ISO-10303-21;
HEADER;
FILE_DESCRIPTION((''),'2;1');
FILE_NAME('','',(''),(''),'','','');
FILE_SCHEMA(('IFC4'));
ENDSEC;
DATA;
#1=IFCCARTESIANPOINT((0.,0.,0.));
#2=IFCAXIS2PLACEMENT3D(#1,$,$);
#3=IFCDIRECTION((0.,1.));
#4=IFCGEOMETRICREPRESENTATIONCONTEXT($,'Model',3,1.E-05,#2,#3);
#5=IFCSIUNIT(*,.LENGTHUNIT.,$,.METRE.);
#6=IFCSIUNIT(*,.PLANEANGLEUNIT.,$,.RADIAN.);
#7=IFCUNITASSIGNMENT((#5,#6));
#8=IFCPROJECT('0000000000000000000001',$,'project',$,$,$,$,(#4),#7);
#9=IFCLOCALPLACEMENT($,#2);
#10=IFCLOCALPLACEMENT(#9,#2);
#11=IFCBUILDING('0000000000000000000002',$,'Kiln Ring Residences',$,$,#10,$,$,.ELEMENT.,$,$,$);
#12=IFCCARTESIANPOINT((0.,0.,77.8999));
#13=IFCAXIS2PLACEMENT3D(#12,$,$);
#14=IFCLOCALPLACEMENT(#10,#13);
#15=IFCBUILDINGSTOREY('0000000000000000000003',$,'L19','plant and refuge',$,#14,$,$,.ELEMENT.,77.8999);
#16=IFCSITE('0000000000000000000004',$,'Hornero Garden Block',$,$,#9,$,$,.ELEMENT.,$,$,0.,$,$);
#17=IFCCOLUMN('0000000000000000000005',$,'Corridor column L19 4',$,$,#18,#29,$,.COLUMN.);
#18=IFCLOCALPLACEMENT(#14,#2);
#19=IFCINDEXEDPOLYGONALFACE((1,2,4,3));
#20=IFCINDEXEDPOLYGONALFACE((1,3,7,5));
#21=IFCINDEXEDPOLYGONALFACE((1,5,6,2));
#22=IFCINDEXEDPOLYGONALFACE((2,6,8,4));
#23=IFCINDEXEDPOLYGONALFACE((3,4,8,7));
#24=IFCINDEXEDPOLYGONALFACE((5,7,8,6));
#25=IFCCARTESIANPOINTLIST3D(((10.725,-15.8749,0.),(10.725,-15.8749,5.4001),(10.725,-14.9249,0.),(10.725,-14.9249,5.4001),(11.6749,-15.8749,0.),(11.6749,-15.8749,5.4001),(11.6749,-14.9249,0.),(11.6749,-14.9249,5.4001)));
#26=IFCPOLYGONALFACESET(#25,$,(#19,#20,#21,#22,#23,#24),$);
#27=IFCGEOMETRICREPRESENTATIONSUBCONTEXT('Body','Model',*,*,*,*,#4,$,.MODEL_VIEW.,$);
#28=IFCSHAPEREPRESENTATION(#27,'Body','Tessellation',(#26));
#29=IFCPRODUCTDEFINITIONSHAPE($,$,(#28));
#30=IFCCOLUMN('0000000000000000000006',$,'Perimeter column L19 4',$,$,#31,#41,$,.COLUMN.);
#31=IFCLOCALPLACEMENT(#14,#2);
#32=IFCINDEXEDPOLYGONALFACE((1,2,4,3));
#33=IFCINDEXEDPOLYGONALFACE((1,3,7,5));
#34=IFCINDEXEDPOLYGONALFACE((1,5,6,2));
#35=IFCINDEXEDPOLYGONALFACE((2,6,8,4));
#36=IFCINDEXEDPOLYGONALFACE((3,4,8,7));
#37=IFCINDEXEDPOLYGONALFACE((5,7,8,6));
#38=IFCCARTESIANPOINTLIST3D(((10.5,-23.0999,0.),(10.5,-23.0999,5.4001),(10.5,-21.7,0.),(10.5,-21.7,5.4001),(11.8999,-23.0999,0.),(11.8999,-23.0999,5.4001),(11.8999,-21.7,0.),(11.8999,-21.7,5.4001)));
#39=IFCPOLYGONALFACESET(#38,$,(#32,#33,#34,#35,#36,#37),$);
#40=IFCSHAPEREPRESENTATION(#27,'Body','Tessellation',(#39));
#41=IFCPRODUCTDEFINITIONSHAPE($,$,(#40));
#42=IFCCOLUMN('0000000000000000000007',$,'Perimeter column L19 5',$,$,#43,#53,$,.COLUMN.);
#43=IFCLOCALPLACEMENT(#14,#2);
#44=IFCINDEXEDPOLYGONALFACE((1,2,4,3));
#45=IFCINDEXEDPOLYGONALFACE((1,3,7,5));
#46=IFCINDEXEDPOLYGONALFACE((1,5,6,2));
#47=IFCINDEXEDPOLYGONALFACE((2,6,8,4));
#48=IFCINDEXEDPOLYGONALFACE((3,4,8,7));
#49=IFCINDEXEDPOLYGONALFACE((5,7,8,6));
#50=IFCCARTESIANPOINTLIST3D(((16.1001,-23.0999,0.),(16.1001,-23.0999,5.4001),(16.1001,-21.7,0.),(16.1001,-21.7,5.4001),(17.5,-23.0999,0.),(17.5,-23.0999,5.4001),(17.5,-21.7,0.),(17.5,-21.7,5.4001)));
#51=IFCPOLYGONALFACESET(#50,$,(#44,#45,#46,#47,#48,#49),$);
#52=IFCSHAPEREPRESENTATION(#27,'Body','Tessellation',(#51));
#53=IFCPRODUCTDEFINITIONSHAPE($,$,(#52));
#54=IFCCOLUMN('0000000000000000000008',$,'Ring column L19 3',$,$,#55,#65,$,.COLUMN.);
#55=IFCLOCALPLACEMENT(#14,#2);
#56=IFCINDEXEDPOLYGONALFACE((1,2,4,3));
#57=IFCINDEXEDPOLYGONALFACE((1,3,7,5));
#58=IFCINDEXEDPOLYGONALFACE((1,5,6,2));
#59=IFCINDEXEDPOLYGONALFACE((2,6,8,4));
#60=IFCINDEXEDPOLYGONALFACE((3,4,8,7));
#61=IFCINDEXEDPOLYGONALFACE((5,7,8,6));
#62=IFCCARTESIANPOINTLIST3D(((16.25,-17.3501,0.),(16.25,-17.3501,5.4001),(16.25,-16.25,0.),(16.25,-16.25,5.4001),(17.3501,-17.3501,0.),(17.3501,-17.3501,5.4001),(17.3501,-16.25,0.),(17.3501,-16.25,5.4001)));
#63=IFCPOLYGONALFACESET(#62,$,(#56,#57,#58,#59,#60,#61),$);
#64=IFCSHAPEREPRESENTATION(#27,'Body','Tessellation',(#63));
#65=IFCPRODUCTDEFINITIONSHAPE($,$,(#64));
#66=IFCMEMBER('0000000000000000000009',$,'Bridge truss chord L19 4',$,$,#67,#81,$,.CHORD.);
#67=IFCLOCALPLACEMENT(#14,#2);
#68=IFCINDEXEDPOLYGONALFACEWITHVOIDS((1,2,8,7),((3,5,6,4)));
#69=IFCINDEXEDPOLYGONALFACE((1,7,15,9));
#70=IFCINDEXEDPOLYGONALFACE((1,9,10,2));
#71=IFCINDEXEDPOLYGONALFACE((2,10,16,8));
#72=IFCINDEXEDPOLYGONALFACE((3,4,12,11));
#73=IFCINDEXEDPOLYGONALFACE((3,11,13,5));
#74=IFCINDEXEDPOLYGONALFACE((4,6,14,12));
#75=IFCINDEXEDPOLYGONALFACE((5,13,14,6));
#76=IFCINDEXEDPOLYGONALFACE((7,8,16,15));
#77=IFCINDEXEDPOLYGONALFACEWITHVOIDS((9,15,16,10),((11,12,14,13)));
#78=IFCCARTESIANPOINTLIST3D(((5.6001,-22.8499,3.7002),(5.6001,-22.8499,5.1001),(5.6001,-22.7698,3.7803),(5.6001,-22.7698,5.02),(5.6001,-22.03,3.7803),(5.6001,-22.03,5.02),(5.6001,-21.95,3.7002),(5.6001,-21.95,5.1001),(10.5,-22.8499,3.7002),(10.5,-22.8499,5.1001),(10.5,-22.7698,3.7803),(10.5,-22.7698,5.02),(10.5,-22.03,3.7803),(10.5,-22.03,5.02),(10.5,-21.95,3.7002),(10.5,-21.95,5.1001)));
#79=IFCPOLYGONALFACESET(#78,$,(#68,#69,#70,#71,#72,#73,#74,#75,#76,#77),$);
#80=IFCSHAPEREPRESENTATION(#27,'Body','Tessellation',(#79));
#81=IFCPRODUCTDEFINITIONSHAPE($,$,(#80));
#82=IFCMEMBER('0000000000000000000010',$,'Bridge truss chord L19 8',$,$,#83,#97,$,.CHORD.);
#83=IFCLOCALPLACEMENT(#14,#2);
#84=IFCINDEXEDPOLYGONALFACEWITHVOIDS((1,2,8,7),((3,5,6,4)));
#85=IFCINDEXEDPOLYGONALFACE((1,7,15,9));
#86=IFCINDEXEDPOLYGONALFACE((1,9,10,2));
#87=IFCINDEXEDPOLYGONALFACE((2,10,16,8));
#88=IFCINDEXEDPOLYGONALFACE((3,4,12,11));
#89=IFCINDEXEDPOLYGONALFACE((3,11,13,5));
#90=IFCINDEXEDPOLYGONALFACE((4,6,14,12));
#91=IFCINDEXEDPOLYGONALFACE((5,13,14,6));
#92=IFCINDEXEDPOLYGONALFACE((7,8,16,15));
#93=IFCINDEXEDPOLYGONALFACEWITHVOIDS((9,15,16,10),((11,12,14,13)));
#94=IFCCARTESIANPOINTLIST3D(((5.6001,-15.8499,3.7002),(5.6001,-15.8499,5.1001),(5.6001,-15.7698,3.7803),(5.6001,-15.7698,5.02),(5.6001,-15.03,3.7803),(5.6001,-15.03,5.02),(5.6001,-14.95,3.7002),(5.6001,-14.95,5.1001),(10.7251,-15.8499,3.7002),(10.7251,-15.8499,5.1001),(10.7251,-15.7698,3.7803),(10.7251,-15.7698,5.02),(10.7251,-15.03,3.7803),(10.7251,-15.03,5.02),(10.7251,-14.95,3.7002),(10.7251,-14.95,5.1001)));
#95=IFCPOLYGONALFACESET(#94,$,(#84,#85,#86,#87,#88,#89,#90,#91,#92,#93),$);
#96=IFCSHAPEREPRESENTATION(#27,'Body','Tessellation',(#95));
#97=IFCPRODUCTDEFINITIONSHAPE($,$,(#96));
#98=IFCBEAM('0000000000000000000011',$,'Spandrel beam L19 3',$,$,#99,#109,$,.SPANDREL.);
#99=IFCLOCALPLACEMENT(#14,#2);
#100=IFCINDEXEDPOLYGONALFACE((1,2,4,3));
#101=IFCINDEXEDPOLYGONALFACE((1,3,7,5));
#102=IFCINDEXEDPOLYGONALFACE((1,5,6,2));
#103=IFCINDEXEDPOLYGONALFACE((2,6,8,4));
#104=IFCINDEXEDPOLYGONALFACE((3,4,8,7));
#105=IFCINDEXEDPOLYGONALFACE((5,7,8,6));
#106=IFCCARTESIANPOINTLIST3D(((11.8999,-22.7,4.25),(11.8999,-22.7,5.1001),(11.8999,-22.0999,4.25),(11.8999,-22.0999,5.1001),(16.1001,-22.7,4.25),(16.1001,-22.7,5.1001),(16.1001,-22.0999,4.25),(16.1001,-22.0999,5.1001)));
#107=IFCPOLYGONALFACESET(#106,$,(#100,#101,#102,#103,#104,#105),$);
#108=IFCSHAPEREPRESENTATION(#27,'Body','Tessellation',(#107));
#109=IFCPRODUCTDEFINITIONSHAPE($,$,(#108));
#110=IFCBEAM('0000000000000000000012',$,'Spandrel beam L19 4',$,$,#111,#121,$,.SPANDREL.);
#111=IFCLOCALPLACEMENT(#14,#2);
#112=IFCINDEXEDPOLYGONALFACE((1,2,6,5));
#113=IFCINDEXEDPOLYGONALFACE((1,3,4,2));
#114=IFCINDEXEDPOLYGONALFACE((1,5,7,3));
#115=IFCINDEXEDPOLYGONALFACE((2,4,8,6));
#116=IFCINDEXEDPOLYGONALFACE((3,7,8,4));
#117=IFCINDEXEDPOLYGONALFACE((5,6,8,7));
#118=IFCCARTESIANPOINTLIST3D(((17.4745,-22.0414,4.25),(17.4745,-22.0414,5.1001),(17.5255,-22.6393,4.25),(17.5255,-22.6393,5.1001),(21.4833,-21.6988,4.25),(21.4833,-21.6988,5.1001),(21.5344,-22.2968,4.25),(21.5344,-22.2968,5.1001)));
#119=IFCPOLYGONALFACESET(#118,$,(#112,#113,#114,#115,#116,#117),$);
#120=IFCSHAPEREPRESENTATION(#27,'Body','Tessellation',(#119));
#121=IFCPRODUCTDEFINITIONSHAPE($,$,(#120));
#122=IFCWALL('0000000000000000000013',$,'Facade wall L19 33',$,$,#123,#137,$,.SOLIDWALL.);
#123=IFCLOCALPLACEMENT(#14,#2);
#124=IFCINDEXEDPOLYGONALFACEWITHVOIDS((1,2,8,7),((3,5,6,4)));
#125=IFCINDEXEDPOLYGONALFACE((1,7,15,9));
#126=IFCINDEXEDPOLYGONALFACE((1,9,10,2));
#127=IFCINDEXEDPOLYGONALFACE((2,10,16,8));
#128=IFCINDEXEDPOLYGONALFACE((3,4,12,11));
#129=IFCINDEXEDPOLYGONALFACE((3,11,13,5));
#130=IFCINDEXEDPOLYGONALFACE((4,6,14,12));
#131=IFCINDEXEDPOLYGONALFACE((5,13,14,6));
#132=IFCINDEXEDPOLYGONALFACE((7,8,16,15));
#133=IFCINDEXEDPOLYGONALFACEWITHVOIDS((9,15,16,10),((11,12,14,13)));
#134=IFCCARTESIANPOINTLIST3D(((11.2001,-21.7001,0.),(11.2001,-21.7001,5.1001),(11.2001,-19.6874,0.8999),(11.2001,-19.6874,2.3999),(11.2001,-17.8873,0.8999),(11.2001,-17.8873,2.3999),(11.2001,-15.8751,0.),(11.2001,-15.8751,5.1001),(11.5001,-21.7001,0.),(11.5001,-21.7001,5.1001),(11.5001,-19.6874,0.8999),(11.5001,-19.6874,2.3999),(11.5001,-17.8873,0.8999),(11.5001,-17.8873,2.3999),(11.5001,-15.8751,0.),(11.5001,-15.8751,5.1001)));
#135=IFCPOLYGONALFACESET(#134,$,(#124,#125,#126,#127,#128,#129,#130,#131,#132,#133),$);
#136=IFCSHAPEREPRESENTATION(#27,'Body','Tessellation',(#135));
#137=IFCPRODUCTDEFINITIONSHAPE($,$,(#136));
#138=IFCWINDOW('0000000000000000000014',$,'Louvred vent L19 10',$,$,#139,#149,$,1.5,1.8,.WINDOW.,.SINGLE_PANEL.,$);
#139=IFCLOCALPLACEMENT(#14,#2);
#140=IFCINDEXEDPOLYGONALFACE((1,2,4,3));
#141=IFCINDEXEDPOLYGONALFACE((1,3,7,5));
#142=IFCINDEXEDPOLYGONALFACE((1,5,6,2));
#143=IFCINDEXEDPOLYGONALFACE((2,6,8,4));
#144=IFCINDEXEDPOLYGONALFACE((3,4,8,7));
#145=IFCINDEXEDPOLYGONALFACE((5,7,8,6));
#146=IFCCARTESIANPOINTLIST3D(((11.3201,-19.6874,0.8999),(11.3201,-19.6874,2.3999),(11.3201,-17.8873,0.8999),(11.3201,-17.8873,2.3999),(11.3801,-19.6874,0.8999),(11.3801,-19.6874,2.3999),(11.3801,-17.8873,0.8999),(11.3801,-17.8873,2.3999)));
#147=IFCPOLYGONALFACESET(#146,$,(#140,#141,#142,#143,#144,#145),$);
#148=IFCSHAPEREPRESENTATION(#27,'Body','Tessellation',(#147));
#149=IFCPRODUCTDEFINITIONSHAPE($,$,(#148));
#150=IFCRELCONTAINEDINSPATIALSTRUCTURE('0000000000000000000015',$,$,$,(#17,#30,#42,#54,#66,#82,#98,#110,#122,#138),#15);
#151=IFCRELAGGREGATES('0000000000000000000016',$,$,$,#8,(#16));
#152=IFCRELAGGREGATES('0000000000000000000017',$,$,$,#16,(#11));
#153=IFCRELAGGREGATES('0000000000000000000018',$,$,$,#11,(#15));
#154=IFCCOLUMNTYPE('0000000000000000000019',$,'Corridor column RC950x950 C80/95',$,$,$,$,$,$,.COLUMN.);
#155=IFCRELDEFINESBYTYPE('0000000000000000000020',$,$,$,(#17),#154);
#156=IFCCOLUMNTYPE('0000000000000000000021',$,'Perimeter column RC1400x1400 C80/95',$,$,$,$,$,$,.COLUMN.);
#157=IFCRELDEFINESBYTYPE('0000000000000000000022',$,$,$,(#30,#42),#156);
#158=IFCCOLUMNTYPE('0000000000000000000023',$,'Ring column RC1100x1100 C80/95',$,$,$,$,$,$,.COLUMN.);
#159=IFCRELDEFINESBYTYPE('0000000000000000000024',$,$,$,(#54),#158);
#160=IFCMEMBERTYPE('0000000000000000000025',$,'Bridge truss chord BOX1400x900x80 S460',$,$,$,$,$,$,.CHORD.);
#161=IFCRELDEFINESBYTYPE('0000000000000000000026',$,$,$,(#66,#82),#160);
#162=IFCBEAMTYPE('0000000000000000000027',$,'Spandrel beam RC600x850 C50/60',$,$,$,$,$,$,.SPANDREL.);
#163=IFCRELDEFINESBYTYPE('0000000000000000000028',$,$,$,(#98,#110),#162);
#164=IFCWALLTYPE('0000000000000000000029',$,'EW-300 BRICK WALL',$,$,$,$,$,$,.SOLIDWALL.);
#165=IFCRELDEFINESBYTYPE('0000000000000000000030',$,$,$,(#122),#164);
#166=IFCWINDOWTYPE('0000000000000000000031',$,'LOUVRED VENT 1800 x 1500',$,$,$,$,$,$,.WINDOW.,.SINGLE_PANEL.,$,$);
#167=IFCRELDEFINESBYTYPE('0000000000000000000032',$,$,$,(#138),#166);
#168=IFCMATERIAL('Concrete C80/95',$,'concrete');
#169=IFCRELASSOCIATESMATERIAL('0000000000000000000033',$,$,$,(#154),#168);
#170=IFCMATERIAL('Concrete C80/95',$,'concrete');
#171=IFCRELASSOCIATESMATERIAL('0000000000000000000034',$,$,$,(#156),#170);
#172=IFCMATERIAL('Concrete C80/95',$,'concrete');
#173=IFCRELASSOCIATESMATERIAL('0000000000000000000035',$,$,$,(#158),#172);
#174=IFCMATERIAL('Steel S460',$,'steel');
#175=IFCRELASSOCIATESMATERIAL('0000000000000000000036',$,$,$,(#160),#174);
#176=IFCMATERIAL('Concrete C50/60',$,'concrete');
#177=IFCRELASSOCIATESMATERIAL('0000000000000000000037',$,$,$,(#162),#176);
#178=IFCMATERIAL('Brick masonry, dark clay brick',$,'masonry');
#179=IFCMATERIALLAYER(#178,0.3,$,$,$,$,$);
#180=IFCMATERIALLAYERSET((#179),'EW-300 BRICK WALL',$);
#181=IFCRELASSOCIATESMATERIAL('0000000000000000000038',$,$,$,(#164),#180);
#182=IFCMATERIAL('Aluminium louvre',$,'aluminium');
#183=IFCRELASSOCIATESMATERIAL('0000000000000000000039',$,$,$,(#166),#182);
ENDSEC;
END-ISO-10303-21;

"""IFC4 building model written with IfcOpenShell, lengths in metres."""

from ifc_helpers import new_model, si_unit, direction, frame, frame_2d, origin, origin_2d, place, context, subcontext, project, spatial, rectangle, hollow_rectangle, extrude, material, layer, layer_set, material_profile, profile_set, type_object, element, fill, save


model = new_model("IFC4")

# Units and contexts
model_context = context("Model", 3, precision=1e-05, world=origin(), true_north=direction((0.0, 1.0)))
body_context = subcontext(model_context, "Body", "Model", "MODEL_VIEW")
ifc_project = project(units=[si_unit("LENGTHUNIT", "METRE"), si_unit("PLANEANGLEUNIT", "RADIAN")], contexts=[model_context])

# Site, building, storey
site_placement = place(None, origin())
site = spatial("IfcSite", under=ifc_project, at=site_placement, Name="Hornero Garden Block", CompositionType="ELEMENT", RefElevation=0.0)
building_placement = place(site_placement, origin())
building = spatial("IfcBuilding", under=site, at=building_placement, Name="Kiln Ring Residences", CompositionType="ELEMENT")
storey_placement = place(building_placement, frame((0.0, 0.0, 77.8999)))
storey = spatial("IfcBuildingStorey", under=building, at=storey_placement, Name="L19", Description="plant and refuge", CompositionType="ELEMENT", Elevation=77.8999)

# Columns
ifc_material_1 = material(Name="Concrete C80/95", Category="concrete")
ifc_material_profile_1 = material_profile(ifc_material_1, rectangle(XDim=0.95, YDim=0.95, at=origin_2d()), Name="RC950x950")
ifc_profile_set_1 = profile_set([ifc_material_profile_1], Name="Concrete C80/95")
column_type_1 = type_object("IfcColumnType", Name="Corridor column RC950x950 C80/95", PredefinedType="COLUMN", material=ifc_profile_set_1)
column_1_placement = place(storey_placement, frame((11.2, -15.3999, 0.0), z_axis=(0.0, 0.0, 1.0), x_axis=(1.0, 0.0, 0.0)))
element("IfcColumn", 1, at=column_1_placement, inside=storey, type_object=column_type_1, Name="Corridor column L19 4", PredefinedType="COLUMN", context=body_context, shape_type="SweptSolid", body=[
    extrude(rectangle(XDim=0.95, YDim=0.95, at=origin_2d()), origin(), (0.0, 0.0, 1.0), 5.4001),
])
ifc_material_2 = material(Name="Concrete C80/95", Category="concrete")
ifc_material_profile_2 = material_profile(ifc_material_2, rectangle(XDim=1.3999, YDim=1.3999, at=origin_2d()), Name="RC1400x1400")
ifc_profile_set_2 = profile_set([ifc_material_profile_2], Name="Concrete C80/95")
column_type_2 = type_object("IfcColumnType", Name="Perimeter column RC1400x1400 C80/95", PredefinedType="COLUMN", material=ifc_profile_set_2)
for number, where, z_axis, x_axis, name in (
    (2, (11.2, -22.3999, 0.0), (0.0, 0.0, 1.0), (1.0, 0.0, 0.0), "Perimeter column L19 4"),
    (3, (16.8, -22.3999, 0.0), (0.0, 0.0, 1.0), (1.0, 0.0, 0.0), "Perimeter column L19 5"),
):
    element("IfcColumn", number, at=place(storey_placement, frame(where, z_axis=z_axis, x_axis=x_axis)), inside=storey, type_object=column_type_2, Name=name, PredefinedType="COLUMN", context=body_context, shape_type="SweptSolid", body=[
        extrude(rectangle(XDim=1.3999, YDim=1.3999, at=origin_2d()), origin(), (0.0, 0.0, 1.0), 5.4001),
    ])
ifc_material_3 = material(Name="Concrete C80/95", Category="concrete")
ifc_material_profile_3 = material_profile(ifc_material_3, rectangle(XDim=1.1001, YDim=1.1001, at=origin_2d()), Name="RC1100x1100")
ifc_profile_set_3 = profile_set([ifc_material_profile_3], Name="Concrete C80/95")
column_type_3 = type_object("IfcColumnType", Name="Ring column RC1100x1100 C80/95", PredefinedType="COLUMN", material=ifc_profile_set_3)
column_2_placement = place(storey_placement, frame((16.8, -16.8, 0.0), z_axis=(0.0, 0.0, 1.0), x_axis=(1.0, 0.0, 0.0)))
element("IfcColumn", 4, at=column_2_placement, inside=storey, type_object=column_type_3, Name="Ring column L19 3", PredefinedType="COLUMN", context=body_context, shape_type="SweptSolid", body=[
    extrude(rectangle(XDim=1.1001, YDim=1.1001, at=origin_2d()), origin(), (0.0, 0.0, 1.0), 5.4001),
])

# Members
ifc_material_4 = material(Name="Steel S460", Category="steel")
ifc_material_profile_4 = material_profile(ifc_material_4, hollow_rectangle(XDim=0.8999, YDim=1.3999, WallThickness=0.0801, at=origin_2d()), Name="BOX1400x900x80")
ifc_profile_set_4 = profile_set([ifc_material_profile_4], Name="Steel S460")
member_type = type_object("IfcMemberType", Name="Bridge truss chord BOX1400x900x80 S460", PredefinedType="CHORD", material=ifc_profile_set_4)
member_1_placement = place(storey_placement, frame((5.6001, -22.3999, 4.4001), z_axis=(1.0, 0.0, 0.0), x_axis=(0.0, 1.0, 0.0)))
element("IfcMember", 5, at=member_1_placement, inside=storey, type_object=member_type, Name="Bridge truss chord L19 4", PredefinedType="CHORD", context=body_context, shape_type="SweptSolid", body=[
    extrude(hollow_rectangle(XDim=0.8999, YDim=1.3999, WallThickness=0.0801, at=origin_2d()), origin(), (0.0, 0.0, 1.0), 4.8999),
])
member_2_placement = place(storey_placement, frame((5.6001, -15.3999, 4.4001), z_axis=(1.0, 0.0, 0.0), x_axis=(0.0, 1.0, 0.0)))
element("IfcMember", 6, at=member_2_placement, inside=storey, type_object=member_type, Name="Bridge truss chord L19 8", PredefinedType="CHORD", context=body_context, shape_type="SweptSolid", body=[
    extrude(hollow_rectangle(XDim=0.8999, YDim=1.3999, WallThickness=0.0801, at=origin_2d()), origin(), (0.0, 0.0, 1.0), 5.125),
])

# Beams
ifc_material_5 = material(Name="Concrete C50/60", Category="concrete")
ifc_material_profile_5 = material_profile(ifc_material_5, rectangle(XDim=0.6001, YDim=0.8501, at=origin_2d()), Name="RC600x850")
ifc_profile_set_5 = profile_set([ifc_material_profile_5], Name="Concrete C50/60")
beam_type = type_object("IfcBeamType", Name="Spandrel beam RC600x850 C50/60", PredefinedType="SPANDREL", material=ifc_profile_set_5)
beam_1_placement = place(storey_placement, frame((11.8999, -22.3999, 4.675), z_axis=(1.0, 0.0, 0.0), x_axis=(0.0, 1.0, 0.0)))
element("IfcBeam", 7, at=beam_1_placement, inside=storey, type_object=beam_type, Name="Spandrel beam L19 3", PredefinedType="SPANDREL", context=body_context, shape_type="SweptSolid", body=[
    extrude(rectangle(XDim=0.6001, YDim=0.8501, at=origin_2d()), origin(), (0.0, 0.0, 1.0), 4.2002),
])
beam_2_placement = place(storey_placement, frame((17.5, -22.3403, 4.675), z_axis=(0.996369, 0.085134, 0.0), x_axis=(-0.085134, 0.996369, 0.0)))
element("IfcBeam", 8, at=beam_2_placement, inside=storey, type_object=beam_type, Name="Spandrel beam L19 4", PredefinedType="SPANDREL", context=body_context, shape_type="SweptSolid", body=[
    extrude(rectangle(XDim=0.6001, YDim=0.8501, at=origin_2d()), origin(), (0.0, 0.0, 1.0), 4.0234),
])

# Wall, opening, window
ifc_material_6 = material(Name="Brick masonry, dark clay brick", Category="masonry")
ifc_layer_1 = layer(ifc_material_6, 0.3)
ifc_layer_set_1 = layer_set([ifc_layer_1], Name="EW-300 BRICK WALL")
wall_type_1 = type_object("IfcWallType", Name="EW-300 BRICK WALL", PredefinedType="SOLIDWALL", material=ifc_layer_set_1)
wall_1_placement = place(storey_placement, frame((11.3501, -15.875, 0.0), z_axis=(0.0, 0.0, 1.0), x_axis=(0.0, -1.0, 0.0)))
wall_1 = element("IfcWall", 9, at=wall_1_placement, inside=storey, type_object=wall_type_1, Name="Facade wall L19 33", PredefinedType="SOLIDWALL", context=body_context, shape_type="SweptSolid", body=[
    extrude(rectangle(XDim=5.825, YDim=0.3, at=frame_2d((2.9126, 0.0))), origin(), (0.0, 0.0, 1.0), 5.1001),
])
opening_1_placement = place(wall_1_placement, frame((2.0125, 0.0, 0.8999)))
opening_1 = element("IfcOpeningElement", 10, at=opening_1_placement, cuts=wall_1, PredefinedType="OPENING", context=body_context, shape_type="SweptSolid", body=[
    extrude(rectangle(XDim=1.8, YDim=1.5, at=frame_2d((0.8999, 0.75))), frame((0.0, 0.1599, 0.0), z_axis=(0.0, -1.0, 0.0), x_axis=(1.0, 0.0, 0.0)), (0.0, 0.0, 1.0), 0.3201),
])
ifc_material_7 = material(Name="Aluminium louvre", Category="aluminium")
window_type = type_object("IfcWindowType", Name="LOUVRED VENT 1800 x 1500", PartitioningType="SINGLE_PANEL", PredefinedType="WINDOW", material=ifc_material_7)
window_1_placement = place(opening_1_placement, origin())
window_1 = element("IfcWindow", 11, at=window_1_placement, inside=storey, type_object=window_type, Name="Louvred vent L19 10", OverallHeight=1.5, OverallWidth=1.8, PartitioningType="SINGLE_PANEL", PredefinedType="WINDOW", context=body_context, shape_type="SweptSolid", body=[
    extrude(rectangle(XDim=1.8, YDim=1.5, at=frame_2d((0.8999, 0.75))), frame((0.0, 0.03, 0.0), z_axis=(0.0, -1.0, 0.0), x_axis=(1.0, 0.0, 0.0)), (0.0, 0.0, 1.0), 0.0601),
])
fill(opening_1, window_1)

save(model, "model.ifc")
